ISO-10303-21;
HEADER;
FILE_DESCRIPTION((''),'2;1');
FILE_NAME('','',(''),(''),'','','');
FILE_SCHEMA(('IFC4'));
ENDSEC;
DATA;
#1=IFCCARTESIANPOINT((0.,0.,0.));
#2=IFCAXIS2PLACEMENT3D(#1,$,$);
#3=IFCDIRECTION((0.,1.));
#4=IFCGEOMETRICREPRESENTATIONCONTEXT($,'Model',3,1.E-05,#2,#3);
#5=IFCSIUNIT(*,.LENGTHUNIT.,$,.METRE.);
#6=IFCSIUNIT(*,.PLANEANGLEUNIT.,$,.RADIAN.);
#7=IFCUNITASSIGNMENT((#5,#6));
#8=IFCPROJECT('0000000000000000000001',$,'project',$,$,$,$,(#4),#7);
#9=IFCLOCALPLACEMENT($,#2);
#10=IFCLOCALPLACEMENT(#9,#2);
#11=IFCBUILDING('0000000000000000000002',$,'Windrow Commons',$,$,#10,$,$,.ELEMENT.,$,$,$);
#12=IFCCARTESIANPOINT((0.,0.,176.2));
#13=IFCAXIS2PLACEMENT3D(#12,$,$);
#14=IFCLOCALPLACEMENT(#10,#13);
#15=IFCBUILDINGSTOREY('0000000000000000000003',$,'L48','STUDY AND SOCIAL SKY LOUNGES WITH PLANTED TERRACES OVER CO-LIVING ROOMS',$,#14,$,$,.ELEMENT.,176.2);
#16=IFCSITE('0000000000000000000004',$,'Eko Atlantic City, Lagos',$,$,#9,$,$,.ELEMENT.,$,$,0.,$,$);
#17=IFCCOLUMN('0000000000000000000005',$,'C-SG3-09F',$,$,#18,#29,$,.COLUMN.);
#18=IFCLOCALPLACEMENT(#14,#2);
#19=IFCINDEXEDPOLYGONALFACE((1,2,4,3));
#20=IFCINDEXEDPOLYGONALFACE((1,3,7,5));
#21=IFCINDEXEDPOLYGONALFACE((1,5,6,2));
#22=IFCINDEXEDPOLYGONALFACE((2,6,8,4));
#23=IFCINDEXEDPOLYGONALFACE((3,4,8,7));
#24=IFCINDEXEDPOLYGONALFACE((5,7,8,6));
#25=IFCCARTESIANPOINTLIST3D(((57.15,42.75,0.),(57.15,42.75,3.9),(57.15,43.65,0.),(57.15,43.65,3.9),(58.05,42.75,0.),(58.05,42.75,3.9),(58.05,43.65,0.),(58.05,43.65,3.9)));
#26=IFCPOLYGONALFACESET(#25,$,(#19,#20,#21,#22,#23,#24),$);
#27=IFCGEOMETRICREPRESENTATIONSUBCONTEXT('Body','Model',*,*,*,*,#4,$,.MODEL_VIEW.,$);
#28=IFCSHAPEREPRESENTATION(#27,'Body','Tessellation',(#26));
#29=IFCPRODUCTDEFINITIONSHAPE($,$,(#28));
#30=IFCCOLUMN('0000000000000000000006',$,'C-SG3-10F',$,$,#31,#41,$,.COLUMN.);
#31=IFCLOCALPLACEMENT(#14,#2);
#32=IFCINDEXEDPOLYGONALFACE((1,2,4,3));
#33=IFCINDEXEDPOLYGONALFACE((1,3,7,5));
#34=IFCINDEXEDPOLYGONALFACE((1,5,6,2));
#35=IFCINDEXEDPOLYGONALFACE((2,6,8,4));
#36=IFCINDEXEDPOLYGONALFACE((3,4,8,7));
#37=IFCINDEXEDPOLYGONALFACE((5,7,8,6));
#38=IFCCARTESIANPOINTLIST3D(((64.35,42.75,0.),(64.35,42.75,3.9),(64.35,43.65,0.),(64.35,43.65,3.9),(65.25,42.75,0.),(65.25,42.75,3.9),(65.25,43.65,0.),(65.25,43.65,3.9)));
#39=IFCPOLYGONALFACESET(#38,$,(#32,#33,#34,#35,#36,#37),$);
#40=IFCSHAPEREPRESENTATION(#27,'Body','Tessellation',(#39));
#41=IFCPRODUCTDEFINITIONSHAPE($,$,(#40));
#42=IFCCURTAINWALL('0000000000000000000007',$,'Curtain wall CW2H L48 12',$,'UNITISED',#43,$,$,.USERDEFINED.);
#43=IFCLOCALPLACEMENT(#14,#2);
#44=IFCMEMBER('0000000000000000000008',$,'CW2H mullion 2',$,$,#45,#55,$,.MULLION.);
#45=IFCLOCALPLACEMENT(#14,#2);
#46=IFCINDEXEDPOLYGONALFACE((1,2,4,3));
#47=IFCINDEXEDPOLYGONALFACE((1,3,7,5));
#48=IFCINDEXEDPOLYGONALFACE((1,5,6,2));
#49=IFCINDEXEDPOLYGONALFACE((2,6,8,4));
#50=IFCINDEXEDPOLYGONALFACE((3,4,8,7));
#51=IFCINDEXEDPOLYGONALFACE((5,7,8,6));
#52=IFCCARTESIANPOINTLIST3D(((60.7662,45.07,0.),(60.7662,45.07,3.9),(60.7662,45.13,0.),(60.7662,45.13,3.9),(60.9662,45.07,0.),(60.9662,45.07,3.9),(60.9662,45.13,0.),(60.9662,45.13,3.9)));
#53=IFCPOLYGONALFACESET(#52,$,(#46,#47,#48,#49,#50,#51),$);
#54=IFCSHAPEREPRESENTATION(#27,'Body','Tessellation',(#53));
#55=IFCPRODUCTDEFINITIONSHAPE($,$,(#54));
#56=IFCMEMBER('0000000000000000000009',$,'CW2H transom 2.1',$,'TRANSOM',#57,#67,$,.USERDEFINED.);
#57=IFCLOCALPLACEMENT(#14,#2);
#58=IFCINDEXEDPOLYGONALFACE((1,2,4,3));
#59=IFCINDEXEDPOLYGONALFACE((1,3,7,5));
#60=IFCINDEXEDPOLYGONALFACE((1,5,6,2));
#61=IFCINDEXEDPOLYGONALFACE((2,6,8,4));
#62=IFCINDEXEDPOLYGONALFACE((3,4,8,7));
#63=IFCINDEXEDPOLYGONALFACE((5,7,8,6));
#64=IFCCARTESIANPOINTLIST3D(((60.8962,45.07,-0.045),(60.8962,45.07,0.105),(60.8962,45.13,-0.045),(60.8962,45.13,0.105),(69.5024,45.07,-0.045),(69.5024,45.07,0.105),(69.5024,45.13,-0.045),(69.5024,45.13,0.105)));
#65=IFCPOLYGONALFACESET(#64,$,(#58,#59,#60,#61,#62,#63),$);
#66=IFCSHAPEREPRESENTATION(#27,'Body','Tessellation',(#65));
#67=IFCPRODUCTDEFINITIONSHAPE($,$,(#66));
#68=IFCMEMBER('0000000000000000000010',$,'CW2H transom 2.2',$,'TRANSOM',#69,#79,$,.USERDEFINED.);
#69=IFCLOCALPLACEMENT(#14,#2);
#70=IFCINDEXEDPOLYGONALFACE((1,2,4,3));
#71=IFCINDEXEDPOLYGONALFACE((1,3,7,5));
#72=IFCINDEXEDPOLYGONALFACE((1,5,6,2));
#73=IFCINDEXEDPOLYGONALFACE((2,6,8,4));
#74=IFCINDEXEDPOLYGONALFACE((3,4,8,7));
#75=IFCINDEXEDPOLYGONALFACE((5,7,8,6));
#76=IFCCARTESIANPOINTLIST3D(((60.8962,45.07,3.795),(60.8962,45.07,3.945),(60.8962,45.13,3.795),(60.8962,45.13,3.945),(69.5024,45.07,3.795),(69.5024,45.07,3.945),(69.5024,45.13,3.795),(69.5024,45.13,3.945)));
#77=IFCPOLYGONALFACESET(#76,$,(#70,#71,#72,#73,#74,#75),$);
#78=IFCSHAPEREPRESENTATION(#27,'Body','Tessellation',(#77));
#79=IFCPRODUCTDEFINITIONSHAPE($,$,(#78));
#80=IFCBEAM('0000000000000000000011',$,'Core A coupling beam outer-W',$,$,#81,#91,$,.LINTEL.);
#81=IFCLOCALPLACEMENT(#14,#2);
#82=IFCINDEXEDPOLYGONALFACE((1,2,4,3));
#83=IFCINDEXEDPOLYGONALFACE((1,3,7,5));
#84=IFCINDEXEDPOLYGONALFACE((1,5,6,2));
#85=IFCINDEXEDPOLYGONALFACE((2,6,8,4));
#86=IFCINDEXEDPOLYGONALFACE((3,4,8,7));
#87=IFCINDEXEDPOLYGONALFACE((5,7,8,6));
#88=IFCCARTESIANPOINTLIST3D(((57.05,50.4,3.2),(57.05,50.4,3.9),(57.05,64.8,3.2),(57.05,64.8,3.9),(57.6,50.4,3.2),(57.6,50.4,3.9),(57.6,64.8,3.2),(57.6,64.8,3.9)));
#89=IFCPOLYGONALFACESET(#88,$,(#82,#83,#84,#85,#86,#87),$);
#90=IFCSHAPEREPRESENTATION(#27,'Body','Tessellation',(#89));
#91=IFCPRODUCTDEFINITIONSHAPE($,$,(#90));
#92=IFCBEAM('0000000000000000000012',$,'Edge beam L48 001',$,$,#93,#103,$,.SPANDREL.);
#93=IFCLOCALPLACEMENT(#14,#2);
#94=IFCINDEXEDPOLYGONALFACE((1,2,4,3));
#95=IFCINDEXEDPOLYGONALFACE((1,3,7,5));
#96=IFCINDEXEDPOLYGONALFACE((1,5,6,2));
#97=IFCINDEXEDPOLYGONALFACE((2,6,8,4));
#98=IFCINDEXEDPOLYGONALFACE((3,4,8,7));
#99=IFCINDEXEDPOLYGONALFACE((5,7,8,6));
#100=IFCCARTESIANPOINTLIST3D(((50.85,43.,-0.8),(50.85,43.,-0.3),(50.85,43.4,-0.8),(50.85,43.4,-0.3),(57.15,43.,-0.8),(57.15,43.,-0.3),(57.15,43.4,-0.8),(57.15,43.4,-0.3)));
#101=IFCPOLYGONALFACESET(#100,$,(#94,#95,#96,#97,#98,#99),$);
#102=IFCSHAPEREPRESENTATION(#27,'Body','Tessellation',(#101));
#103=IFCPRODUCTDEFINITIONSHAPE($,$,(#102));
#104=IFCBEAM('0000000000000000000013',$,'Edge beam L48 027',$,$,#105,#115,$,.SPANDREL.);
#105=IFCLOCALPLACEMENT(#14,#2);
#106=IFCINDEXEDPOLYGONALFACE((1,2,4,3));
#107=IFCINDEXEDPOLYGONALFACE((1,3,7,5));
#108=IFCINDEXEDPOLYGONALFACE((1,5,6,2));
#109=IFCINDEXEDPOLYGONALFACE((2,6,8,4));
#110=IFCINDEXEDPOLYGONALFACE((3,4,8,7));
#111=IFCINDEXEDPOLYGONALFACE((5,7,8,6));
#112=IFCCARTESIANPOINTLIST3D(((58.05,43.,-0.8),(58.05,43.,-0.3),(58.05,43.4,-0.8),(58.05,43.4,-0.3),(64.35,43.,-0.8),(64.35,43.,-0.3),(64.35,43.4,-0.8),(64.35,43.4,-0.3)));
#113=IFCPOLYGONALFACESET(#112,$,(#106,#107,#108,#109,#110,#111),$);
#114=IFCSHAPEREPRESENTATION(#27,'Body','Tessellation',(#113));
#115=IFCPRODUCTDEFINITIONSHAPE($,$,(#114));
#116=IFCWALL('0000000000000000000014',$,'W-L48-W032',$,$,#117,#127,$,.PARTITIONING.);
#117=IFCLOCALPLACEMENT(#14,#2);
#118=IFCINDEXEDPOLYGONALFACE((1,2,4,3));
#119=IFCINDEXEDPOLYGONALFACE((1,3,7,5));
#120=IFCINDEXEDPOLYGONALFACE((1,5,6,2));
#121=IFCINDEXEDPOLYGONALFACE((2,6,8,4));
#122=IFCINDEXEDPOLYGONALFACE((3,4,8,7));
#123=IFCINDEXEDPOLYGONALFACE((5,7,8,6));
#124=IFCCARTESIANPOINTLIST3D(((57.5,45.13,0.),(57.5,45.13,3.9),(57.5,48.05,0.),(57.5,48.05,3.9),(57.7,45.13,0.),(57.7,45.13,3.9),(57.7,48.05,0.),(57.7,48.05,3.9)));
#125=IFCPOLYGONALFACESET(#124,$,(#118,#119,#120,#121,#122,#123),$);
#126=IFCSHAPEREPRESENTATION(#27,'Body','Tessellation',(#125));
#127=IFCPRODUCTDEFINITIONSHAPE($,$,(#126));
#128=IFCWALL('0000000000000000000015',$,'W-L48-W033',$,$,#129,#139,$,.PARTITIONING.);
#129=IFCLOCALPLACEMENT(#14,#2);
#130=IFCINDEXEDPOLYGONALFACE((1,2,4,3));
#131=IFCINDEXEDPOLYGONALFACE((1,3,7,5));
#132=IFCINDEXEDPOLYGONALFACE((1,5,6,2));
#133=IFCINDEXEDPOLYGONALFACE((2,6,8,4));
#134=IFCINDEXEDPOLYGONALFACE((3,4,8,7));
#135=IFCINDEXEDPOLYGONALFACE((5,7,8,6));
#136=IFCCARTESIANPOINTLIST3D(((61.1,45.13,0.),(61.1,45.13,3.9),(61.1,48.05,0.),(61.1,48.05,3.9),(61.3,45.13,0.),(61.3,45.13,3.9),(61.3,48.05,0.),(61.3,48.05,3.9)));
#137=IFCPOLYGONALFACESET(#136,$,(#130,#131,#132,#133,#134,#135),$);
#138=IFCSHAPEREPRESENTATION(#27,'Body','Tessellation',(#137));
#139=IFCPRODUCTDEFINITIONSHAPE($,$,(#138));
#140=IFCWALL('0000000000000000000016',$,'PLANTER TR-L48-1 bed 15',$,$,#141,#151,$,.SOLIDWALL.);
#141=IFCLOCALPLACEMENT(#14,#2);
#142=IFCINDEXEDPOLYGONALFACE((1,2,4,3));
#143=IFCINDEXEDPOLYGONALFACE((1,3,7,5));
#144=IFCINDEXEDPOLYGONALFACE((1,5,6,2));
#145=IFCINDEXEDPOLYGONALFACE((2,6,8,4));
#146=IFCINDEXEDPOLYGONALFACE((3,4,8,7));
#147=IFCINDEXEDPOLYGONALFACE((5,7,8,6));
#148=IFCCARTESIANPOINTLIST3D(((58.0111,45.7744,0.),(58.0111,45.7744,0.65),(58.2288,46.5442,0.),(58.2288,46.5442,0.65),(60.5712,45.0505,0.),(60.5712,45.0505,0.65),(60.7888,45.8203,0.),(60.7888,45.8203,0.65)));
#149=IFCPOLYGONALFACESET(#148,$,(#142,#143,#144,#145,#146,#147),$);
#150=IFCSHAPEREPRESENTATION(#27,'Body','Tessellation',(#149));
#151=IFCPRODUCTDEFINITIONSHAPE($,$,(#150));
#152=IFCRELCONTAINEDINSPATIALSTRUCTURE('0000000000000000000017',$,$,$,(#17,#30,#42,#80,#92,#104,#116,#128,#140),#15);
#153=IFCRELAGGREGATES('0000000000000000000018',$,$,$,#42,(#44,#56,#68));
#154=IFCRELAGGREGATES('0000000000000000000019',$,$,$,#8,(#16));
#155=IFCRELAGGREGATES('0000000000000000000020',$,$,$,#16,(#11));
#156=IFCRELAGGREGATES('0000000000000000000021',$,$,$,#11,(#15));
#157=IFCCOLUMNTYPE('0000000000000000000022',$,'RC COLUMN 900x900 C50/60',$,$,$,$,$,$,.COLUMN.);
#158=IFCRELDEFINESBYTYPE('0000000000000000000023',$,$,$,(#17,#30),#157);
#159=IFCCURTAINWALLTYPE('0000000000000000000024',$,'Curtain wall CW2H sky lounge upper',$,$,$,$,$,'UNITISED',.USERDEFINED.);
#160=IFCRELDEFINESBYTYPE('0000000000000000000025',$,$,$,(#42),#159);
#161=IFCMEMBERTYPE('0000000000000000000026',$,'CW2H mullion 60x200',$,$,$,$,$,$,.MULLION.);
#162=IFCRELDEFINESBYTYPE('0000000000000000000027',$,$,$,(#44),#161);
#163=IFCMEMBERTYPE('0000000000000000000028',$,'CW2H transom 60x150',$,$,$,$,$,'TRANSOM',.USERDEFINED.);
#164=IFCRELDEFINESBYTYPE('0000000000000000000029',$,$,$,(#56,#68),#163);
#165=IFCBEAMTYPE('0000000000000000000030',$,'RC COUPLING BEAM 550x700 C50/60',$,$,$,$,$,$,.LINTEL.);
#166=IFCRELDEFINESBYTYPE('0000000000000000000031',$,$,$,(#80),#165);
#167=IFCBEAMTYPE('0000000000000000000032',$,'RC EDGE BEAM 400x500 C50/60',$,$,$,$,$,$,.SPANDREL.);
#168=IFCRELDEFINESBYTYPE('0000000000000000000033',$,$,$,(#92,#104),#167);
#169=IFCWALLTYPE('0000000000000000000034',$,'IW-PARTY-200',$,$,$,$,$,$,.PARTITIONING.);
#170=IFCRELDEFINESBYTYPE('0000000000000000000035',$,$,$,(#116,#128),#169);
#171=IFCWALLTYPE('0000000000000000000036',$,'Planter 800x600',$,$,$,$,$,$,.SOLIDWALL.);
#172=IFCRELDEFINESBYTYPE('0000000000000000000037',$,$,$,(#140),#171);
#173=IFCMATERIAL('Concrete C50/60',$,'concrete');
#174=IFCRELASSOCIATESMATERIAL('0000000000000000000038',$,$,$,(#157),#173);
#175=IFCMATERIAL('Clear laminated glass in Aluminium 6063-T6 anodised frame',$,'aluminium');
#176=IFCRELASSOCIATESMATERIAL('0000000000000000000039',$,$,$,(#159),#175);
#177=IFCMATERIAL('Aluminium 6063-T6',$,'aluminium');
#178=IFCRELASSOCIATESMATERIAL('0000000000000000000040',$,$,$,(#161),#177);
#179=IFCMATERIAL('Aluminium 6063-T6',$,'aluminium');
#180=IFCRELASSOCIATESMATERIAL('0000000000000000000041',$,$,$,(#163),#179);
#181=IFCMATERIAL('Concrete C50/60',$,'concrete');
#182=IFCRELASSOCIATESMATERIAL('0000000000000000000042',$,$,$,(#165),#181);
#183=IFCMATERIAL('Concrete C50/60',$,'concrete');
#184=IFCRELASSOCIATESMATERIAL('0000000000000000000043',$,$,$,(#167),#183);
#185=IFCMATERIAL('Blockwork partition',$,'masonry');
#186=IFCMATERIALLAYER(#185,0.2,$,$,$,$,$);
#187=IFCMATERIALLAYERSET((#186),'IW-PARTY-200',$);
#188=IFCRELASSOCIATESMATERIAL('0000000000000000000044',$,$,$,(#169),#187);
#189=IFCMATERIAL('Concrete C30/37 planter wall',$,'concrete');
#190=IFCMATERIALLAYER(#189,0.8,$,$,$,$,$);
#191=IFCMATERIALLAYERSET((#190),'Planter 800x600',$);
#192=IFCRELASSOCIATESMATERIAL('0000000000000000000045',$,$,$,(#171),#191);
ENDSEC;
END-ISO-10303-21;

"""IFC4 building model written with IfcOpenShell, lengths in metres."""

from ifc_helpers import new_model, si_unit, direction, frame, frame_2d, origin, origin_2d, place, context, subcontext, project, spatial, rectangle, extrude, material, layer, layer_set, material_profile, profile_set, type_object, element, aggregate, save


model = new_model("IFC4")

# Units and contexts
model_context = context("Model", 3, precision=1e-05, world=origin(), true_north=direction((0.0, 1.0)))
body_context = subcontext(model_context, "Body", "Model", "MODEL_VIEW")
ifc_project = project(units=[si_unit("LENGTHUNIT", "METRE"), si_unit("PLANEANGLEUNIT", "RADIAN")], contexts=[model_context])

# Site, building, storey
site_placement = place(None, origin())
site = spatial("IfcSite", under=ifc_project, at=site_placement, Name="Eko Atlantic City, Lagos", CompositionType="ELEMENT", RefElevation=0.0)
building_placement = place(site_placement, origin())
building = spatial("IfcBuilding", under=site, at=building_placement, Name="Windrow Commons", CompositionType="ELEMENT")
storey_placement = place(building_placement, frame((0.0, 0.0, 176.2)))
storey = spatial("IfcBuildingStorey", under=building, at=storey_placement, Name="L48", Description="STUDY AND SOCIAL SKY LOUNGES WITH PLANTED TERRACES OVER CO-LIVING ROOMS", CompositionType="ELEMENT", Elevation=176.2)

# Columns
ifc_material_1 = material(Name="Concrete C50/60", Category="concrete")
ifc_material_profile_1 = material_profile(ifc_material_1, rectangle(XDim=0.9, YDim=0.9, at=origin_2d()))
ifc_profile_set_1 = profile_set([ifc_material_profile_1], Name="Concrete C50/60")
column_type = type_object("IfcColumnType", Name="RC COLUMN 900x900 C50/60", PredefinedType="COLUMN", material=ifc_profile_set_1)
for number, where, z_axis, x_axis, name in (
    (1, (57.6, 43.2, 0.0), (0.0, 0.0, 1.0), (1.0, 0.0, 0.0), "C-SG3-09F"),
    (2, (64.8, 43.2, 0.0), (0.0, 0.0, 1.0), (1.0, 0.0, 0.0), "C-SG3-10F"),
):
    element("IfcColumn", number, at=place(storey_placement, frame(where, z_axis=z_axis, x_axis=x_axis)), inside=storey, type_object=column_type, Name=name, PredefinedType="COLUMN", context=body_context, shape_type="SweptSolid", body=[
        extrude(rectangle(XDim=0.9, YDim=0.9, at=origin_2d()), origin(), (0.0, 0.0, 1.0), 3.9),
    ])

# Curtain wall, members
ifc_material_2 = material(Name="Clear laminated glass in Aluminium 6063-T6 anodised frame", Category="aluminium")
curtain_wall_type = type_object("IfcCurtainWallType", Name="Curtain wall CW2H sky lounge upper", ElementType="UNITISED", PredefinedType="USERDEFINED", material=ifc_material_2)
curtain_wall_placement = place(storey_placement, origin())
curtain_wall = element("IfcCurtainWall", 3, at=curtain_wall_placement, inside=storey, type_object=curtain_wall_type, Name="Curtain wall CW2H L48 12", ObjectType="UNITISED", PredefinedType="USERDEFINED")
ifc_material_3 = material(Name="Aluminium 6063-T6", Category="aluminium")
ifc_material_profile_2 = material_profile(ifc_material_3, rectangle(XDim=0.06, YDim=0.2, at=origin_2d()))
ifc_profile_set_2 = profile_set([ifc_material_profile_2], Name="Aluminium 6063-T6")
member_type_1 = type_object("IfcMemberType", Name="CW2H mullion 60x200", PredefinedType="MULLION", material=ifc_profile_set_2)
member_1_placement = place(storey_placement, frame((60.8662, 45.1, 0.0), z_axis=(0.0, 0.0, 1.0), x_axis=(0.0, 1.0, 0.0)))
member_1 = element("IfcMember", 4, at=member_1_placement, type_object=member_type_1, Name="CW2H mullion 2", PredefinedType="MULLION", context=body_context, shape_type="SweptSolid", body=[
    extrude(rectangle(XDim=0.06, YDim=0.2, at=origin_2d()), origin(), (0.0, 0.0, 1.0), 3.9),
])
ifc_material_4 = material(Name="Aluminium 6063-T6", Category="aluminium")
ifc_material_profile_3 = material_profile(ifc_material_4, rectangle(XDim=0.06, YDim=0.15, at=origin_2d()))
ifc_profile_set_3 = profile_set([ifc_material_profile_3], Name="Aluminium 6063-T6")
member_type_2 = type_object("IfcMemberType", Name="CW2H transom 60x150", ElementType="TRANSOM", PredefinedType="USERDEFINED", material=ifc_profile_set_3)
member_2_placement = place(storey_placement, frame((60.8962, 45.1, 0.03), z_axis=(1.0, 0.0, 0.0), x_axis=(0.0, 1.0, 0.0)))
member_2 = element("IfcMember", 5, at=member_2_placement, type_object=member_type_2, Name="CW2H transom 2.1", ObjectType="TRANSOM", PredefinedType="USERDEFINED", context=body_context, shape_type="SweptSolid", body=[
    extrude(rectangle(XDim=0.06, YDim=0.15, at=origin_2d()), origin(), (0.0, 0.0, 1.0), 8.6062),
])
member_3_placement = place(storey_placement, frame((60.8962, 45.1, 3.87), z_axis=(1.0, 0.0, 0.0), x_axis=(0.0, 1.0, 0.0)))
member_3 = element("IfcMember", 6, at=member_3_placement, type_object=member_type_2, Name="CW2H transom 2.2", ObjectType="TRANSOM", PredefinedType="USERDEFINED", context=body_context, shape_type="SweptSolid", body=[
    extrude(rectangle(XDim=0.06, YDim=0.15, at=origin_2d()), origin(), (0.0, 0.0, 1.0), 8.6062),
])
aggregate(curtain_wall, [member_1, member_2, member_3])

# Beams
ifc_material_5 = material(Name="Concrete C50/60", Category="concrete")
ifc_material_profile_4 = material_profile(ifc_material_5, rectangle(XDim=0.55, YDim=0.7, at=origin_2d()))
ifc_profile_set_4 = profile_set([ifc_material_profile_4], Name="Concrete C50/60")
beam_type_1 = type_object("IfcBeamType", Name="RC COUPLING BEAM 550x700 C50/60", PredefinedType="LINTEL", material=ifc_profile_set_4)
beam_placement = place(storey_placement, frame((57.325, 50.4, 3.55), z_axis=(0.0, 1.0, 0.0), x_axis=(-1.0, 0.0, 0.0)))
element("IfcBeam", 7, at=beam_placement, inside=storey, type_object=beam_type_1, Name="Core A coupling beam outer-W", PredefinedType="LINTEL", context=body_context, shape_type="SweptSolid", body=[
    extrude(rectangle(XDim=0.55, YDim=0.7, at=origin_2d()), origin(), (0.0, 0.0, 1.0), 14.4),
])
ifc_material_6 = material(Name="Concrete C50/60", Category="concrete")
ifc_material_profile_5 = material_profile(ifc_material_6, rectangle(XDim=0.4, YDim=0.5, at=origin_2d()))
ifc_profile_set_5 = profile_set([ifc_material_profile_5], Name="Concrete C50/60")
beam_type_2 = type_object("IfcBeamType", Name="RC EDGE BEAM 400x500 C50/60", PredefinedType="SPANDREL", material=ifc_profile_set_5)
for number, where, z_axis, x_axis, name in (
    (8, (57.15, 43.2, -0.55), (-1.0, 0.0, 0.0), (0.0, -1.0, 0.0), "Edge beam L48 001"),
    (9, (64.35, 43.2, -0.55), (-1.0, 0.0, 0.0), (0.0, -1.0, 0.0), "Edge beam L48 027"),
):
    element("IfcBeam", number, at=place(storey_placement, frame(where, z_axis=z_axis, x_axis=x_axis)), inside=storey, type_object=beam_type_2, Name=name, PredefinedType="SPANDREL", context=body_context, shape_type="SweptSolid", body=[
        extrude(rectangle(XDim=0.4, YDim=0.5, at=origin_2d()), origin(), (0.0, 0.0, 1.0), 6.3),
    ])

# Walls
ifc_material_7 = material(Name="Blockwork partition", Category="masonry")
ifc_layer_1 = layer(ifc_material_7, 0.2)
ifc_layer_set_1 = layer_set([ifc_layer_1], Name="IW-PARTY-200")
wall_type_1 = type_object("IfcWallType", Name="IW-PARTY-200", PredefinedType="PARTITIONING", material=ifc_layer_set_1)
for number, where, z_axis, x_axis, name in (
    (10, (57.6, 45.13, 0.0), (0.0, 0.0, 1.0), (0.0, 1.0, 0.0), "W-L48-W032"),
    (11, (61.2, 45.13, 0.0), (0.0, 0.0, 1.0), (0.0, 1.0, 0.0), "W-L48-W033"),
):
    element("IfcWall", number, at=place(storey_placement, frame(where, z_axis=z_axis, x_axis=x_axis)), inside=storey, type_object=wall_type_1, Name=name, PredefinedType="PARTITIONING", context=body_context, shape_type="SweptSolid", body=[
        extrude(rectangle(XDim=2.92, YDim=0.2, at=frame_2d((1.46, 0.0))), origin(), (0.0, 0.0, 1.0), 3.9),
    ])
ifc_material_8 = material(Name="Concrete C30/37 planter wall", Category="concrete")
ifc_layer_2 = layer(ifc_material_8, 0.8)
ifc_layer_set_2 = layer_set([ifc_layer_2], Name="Planter 800x600")
wall_type_2 = type_object("IfcWallType", Name="Planter 800x600", PredefinedType="SOLIDWALL", material=ifc_layer_set_2)
wall_1_placement = place(storey_placement, frame((60.68, 45.4354, 0.0), z_axis=(0.0, 0.0, 1.0), x_axis=(-0.962268, 0.272104, 0.0)))
element("IfcWall", 12, at=wall_1_placement, inside=storey, type_object=wall_type_2, Name="PLANTER TR-L48-1 bed 15", PredefinedType="SOLIDWALL", context=body_context, shape_type="SweptSolid", body=[
    extrude(rectangle(XDim=2.6604, YDim=0.8, at=frame_2d((1.3302, 0.0))), origin(), (0.0, 0.0, 1.0), 0.65),
])

save(model, "model.ifc")
